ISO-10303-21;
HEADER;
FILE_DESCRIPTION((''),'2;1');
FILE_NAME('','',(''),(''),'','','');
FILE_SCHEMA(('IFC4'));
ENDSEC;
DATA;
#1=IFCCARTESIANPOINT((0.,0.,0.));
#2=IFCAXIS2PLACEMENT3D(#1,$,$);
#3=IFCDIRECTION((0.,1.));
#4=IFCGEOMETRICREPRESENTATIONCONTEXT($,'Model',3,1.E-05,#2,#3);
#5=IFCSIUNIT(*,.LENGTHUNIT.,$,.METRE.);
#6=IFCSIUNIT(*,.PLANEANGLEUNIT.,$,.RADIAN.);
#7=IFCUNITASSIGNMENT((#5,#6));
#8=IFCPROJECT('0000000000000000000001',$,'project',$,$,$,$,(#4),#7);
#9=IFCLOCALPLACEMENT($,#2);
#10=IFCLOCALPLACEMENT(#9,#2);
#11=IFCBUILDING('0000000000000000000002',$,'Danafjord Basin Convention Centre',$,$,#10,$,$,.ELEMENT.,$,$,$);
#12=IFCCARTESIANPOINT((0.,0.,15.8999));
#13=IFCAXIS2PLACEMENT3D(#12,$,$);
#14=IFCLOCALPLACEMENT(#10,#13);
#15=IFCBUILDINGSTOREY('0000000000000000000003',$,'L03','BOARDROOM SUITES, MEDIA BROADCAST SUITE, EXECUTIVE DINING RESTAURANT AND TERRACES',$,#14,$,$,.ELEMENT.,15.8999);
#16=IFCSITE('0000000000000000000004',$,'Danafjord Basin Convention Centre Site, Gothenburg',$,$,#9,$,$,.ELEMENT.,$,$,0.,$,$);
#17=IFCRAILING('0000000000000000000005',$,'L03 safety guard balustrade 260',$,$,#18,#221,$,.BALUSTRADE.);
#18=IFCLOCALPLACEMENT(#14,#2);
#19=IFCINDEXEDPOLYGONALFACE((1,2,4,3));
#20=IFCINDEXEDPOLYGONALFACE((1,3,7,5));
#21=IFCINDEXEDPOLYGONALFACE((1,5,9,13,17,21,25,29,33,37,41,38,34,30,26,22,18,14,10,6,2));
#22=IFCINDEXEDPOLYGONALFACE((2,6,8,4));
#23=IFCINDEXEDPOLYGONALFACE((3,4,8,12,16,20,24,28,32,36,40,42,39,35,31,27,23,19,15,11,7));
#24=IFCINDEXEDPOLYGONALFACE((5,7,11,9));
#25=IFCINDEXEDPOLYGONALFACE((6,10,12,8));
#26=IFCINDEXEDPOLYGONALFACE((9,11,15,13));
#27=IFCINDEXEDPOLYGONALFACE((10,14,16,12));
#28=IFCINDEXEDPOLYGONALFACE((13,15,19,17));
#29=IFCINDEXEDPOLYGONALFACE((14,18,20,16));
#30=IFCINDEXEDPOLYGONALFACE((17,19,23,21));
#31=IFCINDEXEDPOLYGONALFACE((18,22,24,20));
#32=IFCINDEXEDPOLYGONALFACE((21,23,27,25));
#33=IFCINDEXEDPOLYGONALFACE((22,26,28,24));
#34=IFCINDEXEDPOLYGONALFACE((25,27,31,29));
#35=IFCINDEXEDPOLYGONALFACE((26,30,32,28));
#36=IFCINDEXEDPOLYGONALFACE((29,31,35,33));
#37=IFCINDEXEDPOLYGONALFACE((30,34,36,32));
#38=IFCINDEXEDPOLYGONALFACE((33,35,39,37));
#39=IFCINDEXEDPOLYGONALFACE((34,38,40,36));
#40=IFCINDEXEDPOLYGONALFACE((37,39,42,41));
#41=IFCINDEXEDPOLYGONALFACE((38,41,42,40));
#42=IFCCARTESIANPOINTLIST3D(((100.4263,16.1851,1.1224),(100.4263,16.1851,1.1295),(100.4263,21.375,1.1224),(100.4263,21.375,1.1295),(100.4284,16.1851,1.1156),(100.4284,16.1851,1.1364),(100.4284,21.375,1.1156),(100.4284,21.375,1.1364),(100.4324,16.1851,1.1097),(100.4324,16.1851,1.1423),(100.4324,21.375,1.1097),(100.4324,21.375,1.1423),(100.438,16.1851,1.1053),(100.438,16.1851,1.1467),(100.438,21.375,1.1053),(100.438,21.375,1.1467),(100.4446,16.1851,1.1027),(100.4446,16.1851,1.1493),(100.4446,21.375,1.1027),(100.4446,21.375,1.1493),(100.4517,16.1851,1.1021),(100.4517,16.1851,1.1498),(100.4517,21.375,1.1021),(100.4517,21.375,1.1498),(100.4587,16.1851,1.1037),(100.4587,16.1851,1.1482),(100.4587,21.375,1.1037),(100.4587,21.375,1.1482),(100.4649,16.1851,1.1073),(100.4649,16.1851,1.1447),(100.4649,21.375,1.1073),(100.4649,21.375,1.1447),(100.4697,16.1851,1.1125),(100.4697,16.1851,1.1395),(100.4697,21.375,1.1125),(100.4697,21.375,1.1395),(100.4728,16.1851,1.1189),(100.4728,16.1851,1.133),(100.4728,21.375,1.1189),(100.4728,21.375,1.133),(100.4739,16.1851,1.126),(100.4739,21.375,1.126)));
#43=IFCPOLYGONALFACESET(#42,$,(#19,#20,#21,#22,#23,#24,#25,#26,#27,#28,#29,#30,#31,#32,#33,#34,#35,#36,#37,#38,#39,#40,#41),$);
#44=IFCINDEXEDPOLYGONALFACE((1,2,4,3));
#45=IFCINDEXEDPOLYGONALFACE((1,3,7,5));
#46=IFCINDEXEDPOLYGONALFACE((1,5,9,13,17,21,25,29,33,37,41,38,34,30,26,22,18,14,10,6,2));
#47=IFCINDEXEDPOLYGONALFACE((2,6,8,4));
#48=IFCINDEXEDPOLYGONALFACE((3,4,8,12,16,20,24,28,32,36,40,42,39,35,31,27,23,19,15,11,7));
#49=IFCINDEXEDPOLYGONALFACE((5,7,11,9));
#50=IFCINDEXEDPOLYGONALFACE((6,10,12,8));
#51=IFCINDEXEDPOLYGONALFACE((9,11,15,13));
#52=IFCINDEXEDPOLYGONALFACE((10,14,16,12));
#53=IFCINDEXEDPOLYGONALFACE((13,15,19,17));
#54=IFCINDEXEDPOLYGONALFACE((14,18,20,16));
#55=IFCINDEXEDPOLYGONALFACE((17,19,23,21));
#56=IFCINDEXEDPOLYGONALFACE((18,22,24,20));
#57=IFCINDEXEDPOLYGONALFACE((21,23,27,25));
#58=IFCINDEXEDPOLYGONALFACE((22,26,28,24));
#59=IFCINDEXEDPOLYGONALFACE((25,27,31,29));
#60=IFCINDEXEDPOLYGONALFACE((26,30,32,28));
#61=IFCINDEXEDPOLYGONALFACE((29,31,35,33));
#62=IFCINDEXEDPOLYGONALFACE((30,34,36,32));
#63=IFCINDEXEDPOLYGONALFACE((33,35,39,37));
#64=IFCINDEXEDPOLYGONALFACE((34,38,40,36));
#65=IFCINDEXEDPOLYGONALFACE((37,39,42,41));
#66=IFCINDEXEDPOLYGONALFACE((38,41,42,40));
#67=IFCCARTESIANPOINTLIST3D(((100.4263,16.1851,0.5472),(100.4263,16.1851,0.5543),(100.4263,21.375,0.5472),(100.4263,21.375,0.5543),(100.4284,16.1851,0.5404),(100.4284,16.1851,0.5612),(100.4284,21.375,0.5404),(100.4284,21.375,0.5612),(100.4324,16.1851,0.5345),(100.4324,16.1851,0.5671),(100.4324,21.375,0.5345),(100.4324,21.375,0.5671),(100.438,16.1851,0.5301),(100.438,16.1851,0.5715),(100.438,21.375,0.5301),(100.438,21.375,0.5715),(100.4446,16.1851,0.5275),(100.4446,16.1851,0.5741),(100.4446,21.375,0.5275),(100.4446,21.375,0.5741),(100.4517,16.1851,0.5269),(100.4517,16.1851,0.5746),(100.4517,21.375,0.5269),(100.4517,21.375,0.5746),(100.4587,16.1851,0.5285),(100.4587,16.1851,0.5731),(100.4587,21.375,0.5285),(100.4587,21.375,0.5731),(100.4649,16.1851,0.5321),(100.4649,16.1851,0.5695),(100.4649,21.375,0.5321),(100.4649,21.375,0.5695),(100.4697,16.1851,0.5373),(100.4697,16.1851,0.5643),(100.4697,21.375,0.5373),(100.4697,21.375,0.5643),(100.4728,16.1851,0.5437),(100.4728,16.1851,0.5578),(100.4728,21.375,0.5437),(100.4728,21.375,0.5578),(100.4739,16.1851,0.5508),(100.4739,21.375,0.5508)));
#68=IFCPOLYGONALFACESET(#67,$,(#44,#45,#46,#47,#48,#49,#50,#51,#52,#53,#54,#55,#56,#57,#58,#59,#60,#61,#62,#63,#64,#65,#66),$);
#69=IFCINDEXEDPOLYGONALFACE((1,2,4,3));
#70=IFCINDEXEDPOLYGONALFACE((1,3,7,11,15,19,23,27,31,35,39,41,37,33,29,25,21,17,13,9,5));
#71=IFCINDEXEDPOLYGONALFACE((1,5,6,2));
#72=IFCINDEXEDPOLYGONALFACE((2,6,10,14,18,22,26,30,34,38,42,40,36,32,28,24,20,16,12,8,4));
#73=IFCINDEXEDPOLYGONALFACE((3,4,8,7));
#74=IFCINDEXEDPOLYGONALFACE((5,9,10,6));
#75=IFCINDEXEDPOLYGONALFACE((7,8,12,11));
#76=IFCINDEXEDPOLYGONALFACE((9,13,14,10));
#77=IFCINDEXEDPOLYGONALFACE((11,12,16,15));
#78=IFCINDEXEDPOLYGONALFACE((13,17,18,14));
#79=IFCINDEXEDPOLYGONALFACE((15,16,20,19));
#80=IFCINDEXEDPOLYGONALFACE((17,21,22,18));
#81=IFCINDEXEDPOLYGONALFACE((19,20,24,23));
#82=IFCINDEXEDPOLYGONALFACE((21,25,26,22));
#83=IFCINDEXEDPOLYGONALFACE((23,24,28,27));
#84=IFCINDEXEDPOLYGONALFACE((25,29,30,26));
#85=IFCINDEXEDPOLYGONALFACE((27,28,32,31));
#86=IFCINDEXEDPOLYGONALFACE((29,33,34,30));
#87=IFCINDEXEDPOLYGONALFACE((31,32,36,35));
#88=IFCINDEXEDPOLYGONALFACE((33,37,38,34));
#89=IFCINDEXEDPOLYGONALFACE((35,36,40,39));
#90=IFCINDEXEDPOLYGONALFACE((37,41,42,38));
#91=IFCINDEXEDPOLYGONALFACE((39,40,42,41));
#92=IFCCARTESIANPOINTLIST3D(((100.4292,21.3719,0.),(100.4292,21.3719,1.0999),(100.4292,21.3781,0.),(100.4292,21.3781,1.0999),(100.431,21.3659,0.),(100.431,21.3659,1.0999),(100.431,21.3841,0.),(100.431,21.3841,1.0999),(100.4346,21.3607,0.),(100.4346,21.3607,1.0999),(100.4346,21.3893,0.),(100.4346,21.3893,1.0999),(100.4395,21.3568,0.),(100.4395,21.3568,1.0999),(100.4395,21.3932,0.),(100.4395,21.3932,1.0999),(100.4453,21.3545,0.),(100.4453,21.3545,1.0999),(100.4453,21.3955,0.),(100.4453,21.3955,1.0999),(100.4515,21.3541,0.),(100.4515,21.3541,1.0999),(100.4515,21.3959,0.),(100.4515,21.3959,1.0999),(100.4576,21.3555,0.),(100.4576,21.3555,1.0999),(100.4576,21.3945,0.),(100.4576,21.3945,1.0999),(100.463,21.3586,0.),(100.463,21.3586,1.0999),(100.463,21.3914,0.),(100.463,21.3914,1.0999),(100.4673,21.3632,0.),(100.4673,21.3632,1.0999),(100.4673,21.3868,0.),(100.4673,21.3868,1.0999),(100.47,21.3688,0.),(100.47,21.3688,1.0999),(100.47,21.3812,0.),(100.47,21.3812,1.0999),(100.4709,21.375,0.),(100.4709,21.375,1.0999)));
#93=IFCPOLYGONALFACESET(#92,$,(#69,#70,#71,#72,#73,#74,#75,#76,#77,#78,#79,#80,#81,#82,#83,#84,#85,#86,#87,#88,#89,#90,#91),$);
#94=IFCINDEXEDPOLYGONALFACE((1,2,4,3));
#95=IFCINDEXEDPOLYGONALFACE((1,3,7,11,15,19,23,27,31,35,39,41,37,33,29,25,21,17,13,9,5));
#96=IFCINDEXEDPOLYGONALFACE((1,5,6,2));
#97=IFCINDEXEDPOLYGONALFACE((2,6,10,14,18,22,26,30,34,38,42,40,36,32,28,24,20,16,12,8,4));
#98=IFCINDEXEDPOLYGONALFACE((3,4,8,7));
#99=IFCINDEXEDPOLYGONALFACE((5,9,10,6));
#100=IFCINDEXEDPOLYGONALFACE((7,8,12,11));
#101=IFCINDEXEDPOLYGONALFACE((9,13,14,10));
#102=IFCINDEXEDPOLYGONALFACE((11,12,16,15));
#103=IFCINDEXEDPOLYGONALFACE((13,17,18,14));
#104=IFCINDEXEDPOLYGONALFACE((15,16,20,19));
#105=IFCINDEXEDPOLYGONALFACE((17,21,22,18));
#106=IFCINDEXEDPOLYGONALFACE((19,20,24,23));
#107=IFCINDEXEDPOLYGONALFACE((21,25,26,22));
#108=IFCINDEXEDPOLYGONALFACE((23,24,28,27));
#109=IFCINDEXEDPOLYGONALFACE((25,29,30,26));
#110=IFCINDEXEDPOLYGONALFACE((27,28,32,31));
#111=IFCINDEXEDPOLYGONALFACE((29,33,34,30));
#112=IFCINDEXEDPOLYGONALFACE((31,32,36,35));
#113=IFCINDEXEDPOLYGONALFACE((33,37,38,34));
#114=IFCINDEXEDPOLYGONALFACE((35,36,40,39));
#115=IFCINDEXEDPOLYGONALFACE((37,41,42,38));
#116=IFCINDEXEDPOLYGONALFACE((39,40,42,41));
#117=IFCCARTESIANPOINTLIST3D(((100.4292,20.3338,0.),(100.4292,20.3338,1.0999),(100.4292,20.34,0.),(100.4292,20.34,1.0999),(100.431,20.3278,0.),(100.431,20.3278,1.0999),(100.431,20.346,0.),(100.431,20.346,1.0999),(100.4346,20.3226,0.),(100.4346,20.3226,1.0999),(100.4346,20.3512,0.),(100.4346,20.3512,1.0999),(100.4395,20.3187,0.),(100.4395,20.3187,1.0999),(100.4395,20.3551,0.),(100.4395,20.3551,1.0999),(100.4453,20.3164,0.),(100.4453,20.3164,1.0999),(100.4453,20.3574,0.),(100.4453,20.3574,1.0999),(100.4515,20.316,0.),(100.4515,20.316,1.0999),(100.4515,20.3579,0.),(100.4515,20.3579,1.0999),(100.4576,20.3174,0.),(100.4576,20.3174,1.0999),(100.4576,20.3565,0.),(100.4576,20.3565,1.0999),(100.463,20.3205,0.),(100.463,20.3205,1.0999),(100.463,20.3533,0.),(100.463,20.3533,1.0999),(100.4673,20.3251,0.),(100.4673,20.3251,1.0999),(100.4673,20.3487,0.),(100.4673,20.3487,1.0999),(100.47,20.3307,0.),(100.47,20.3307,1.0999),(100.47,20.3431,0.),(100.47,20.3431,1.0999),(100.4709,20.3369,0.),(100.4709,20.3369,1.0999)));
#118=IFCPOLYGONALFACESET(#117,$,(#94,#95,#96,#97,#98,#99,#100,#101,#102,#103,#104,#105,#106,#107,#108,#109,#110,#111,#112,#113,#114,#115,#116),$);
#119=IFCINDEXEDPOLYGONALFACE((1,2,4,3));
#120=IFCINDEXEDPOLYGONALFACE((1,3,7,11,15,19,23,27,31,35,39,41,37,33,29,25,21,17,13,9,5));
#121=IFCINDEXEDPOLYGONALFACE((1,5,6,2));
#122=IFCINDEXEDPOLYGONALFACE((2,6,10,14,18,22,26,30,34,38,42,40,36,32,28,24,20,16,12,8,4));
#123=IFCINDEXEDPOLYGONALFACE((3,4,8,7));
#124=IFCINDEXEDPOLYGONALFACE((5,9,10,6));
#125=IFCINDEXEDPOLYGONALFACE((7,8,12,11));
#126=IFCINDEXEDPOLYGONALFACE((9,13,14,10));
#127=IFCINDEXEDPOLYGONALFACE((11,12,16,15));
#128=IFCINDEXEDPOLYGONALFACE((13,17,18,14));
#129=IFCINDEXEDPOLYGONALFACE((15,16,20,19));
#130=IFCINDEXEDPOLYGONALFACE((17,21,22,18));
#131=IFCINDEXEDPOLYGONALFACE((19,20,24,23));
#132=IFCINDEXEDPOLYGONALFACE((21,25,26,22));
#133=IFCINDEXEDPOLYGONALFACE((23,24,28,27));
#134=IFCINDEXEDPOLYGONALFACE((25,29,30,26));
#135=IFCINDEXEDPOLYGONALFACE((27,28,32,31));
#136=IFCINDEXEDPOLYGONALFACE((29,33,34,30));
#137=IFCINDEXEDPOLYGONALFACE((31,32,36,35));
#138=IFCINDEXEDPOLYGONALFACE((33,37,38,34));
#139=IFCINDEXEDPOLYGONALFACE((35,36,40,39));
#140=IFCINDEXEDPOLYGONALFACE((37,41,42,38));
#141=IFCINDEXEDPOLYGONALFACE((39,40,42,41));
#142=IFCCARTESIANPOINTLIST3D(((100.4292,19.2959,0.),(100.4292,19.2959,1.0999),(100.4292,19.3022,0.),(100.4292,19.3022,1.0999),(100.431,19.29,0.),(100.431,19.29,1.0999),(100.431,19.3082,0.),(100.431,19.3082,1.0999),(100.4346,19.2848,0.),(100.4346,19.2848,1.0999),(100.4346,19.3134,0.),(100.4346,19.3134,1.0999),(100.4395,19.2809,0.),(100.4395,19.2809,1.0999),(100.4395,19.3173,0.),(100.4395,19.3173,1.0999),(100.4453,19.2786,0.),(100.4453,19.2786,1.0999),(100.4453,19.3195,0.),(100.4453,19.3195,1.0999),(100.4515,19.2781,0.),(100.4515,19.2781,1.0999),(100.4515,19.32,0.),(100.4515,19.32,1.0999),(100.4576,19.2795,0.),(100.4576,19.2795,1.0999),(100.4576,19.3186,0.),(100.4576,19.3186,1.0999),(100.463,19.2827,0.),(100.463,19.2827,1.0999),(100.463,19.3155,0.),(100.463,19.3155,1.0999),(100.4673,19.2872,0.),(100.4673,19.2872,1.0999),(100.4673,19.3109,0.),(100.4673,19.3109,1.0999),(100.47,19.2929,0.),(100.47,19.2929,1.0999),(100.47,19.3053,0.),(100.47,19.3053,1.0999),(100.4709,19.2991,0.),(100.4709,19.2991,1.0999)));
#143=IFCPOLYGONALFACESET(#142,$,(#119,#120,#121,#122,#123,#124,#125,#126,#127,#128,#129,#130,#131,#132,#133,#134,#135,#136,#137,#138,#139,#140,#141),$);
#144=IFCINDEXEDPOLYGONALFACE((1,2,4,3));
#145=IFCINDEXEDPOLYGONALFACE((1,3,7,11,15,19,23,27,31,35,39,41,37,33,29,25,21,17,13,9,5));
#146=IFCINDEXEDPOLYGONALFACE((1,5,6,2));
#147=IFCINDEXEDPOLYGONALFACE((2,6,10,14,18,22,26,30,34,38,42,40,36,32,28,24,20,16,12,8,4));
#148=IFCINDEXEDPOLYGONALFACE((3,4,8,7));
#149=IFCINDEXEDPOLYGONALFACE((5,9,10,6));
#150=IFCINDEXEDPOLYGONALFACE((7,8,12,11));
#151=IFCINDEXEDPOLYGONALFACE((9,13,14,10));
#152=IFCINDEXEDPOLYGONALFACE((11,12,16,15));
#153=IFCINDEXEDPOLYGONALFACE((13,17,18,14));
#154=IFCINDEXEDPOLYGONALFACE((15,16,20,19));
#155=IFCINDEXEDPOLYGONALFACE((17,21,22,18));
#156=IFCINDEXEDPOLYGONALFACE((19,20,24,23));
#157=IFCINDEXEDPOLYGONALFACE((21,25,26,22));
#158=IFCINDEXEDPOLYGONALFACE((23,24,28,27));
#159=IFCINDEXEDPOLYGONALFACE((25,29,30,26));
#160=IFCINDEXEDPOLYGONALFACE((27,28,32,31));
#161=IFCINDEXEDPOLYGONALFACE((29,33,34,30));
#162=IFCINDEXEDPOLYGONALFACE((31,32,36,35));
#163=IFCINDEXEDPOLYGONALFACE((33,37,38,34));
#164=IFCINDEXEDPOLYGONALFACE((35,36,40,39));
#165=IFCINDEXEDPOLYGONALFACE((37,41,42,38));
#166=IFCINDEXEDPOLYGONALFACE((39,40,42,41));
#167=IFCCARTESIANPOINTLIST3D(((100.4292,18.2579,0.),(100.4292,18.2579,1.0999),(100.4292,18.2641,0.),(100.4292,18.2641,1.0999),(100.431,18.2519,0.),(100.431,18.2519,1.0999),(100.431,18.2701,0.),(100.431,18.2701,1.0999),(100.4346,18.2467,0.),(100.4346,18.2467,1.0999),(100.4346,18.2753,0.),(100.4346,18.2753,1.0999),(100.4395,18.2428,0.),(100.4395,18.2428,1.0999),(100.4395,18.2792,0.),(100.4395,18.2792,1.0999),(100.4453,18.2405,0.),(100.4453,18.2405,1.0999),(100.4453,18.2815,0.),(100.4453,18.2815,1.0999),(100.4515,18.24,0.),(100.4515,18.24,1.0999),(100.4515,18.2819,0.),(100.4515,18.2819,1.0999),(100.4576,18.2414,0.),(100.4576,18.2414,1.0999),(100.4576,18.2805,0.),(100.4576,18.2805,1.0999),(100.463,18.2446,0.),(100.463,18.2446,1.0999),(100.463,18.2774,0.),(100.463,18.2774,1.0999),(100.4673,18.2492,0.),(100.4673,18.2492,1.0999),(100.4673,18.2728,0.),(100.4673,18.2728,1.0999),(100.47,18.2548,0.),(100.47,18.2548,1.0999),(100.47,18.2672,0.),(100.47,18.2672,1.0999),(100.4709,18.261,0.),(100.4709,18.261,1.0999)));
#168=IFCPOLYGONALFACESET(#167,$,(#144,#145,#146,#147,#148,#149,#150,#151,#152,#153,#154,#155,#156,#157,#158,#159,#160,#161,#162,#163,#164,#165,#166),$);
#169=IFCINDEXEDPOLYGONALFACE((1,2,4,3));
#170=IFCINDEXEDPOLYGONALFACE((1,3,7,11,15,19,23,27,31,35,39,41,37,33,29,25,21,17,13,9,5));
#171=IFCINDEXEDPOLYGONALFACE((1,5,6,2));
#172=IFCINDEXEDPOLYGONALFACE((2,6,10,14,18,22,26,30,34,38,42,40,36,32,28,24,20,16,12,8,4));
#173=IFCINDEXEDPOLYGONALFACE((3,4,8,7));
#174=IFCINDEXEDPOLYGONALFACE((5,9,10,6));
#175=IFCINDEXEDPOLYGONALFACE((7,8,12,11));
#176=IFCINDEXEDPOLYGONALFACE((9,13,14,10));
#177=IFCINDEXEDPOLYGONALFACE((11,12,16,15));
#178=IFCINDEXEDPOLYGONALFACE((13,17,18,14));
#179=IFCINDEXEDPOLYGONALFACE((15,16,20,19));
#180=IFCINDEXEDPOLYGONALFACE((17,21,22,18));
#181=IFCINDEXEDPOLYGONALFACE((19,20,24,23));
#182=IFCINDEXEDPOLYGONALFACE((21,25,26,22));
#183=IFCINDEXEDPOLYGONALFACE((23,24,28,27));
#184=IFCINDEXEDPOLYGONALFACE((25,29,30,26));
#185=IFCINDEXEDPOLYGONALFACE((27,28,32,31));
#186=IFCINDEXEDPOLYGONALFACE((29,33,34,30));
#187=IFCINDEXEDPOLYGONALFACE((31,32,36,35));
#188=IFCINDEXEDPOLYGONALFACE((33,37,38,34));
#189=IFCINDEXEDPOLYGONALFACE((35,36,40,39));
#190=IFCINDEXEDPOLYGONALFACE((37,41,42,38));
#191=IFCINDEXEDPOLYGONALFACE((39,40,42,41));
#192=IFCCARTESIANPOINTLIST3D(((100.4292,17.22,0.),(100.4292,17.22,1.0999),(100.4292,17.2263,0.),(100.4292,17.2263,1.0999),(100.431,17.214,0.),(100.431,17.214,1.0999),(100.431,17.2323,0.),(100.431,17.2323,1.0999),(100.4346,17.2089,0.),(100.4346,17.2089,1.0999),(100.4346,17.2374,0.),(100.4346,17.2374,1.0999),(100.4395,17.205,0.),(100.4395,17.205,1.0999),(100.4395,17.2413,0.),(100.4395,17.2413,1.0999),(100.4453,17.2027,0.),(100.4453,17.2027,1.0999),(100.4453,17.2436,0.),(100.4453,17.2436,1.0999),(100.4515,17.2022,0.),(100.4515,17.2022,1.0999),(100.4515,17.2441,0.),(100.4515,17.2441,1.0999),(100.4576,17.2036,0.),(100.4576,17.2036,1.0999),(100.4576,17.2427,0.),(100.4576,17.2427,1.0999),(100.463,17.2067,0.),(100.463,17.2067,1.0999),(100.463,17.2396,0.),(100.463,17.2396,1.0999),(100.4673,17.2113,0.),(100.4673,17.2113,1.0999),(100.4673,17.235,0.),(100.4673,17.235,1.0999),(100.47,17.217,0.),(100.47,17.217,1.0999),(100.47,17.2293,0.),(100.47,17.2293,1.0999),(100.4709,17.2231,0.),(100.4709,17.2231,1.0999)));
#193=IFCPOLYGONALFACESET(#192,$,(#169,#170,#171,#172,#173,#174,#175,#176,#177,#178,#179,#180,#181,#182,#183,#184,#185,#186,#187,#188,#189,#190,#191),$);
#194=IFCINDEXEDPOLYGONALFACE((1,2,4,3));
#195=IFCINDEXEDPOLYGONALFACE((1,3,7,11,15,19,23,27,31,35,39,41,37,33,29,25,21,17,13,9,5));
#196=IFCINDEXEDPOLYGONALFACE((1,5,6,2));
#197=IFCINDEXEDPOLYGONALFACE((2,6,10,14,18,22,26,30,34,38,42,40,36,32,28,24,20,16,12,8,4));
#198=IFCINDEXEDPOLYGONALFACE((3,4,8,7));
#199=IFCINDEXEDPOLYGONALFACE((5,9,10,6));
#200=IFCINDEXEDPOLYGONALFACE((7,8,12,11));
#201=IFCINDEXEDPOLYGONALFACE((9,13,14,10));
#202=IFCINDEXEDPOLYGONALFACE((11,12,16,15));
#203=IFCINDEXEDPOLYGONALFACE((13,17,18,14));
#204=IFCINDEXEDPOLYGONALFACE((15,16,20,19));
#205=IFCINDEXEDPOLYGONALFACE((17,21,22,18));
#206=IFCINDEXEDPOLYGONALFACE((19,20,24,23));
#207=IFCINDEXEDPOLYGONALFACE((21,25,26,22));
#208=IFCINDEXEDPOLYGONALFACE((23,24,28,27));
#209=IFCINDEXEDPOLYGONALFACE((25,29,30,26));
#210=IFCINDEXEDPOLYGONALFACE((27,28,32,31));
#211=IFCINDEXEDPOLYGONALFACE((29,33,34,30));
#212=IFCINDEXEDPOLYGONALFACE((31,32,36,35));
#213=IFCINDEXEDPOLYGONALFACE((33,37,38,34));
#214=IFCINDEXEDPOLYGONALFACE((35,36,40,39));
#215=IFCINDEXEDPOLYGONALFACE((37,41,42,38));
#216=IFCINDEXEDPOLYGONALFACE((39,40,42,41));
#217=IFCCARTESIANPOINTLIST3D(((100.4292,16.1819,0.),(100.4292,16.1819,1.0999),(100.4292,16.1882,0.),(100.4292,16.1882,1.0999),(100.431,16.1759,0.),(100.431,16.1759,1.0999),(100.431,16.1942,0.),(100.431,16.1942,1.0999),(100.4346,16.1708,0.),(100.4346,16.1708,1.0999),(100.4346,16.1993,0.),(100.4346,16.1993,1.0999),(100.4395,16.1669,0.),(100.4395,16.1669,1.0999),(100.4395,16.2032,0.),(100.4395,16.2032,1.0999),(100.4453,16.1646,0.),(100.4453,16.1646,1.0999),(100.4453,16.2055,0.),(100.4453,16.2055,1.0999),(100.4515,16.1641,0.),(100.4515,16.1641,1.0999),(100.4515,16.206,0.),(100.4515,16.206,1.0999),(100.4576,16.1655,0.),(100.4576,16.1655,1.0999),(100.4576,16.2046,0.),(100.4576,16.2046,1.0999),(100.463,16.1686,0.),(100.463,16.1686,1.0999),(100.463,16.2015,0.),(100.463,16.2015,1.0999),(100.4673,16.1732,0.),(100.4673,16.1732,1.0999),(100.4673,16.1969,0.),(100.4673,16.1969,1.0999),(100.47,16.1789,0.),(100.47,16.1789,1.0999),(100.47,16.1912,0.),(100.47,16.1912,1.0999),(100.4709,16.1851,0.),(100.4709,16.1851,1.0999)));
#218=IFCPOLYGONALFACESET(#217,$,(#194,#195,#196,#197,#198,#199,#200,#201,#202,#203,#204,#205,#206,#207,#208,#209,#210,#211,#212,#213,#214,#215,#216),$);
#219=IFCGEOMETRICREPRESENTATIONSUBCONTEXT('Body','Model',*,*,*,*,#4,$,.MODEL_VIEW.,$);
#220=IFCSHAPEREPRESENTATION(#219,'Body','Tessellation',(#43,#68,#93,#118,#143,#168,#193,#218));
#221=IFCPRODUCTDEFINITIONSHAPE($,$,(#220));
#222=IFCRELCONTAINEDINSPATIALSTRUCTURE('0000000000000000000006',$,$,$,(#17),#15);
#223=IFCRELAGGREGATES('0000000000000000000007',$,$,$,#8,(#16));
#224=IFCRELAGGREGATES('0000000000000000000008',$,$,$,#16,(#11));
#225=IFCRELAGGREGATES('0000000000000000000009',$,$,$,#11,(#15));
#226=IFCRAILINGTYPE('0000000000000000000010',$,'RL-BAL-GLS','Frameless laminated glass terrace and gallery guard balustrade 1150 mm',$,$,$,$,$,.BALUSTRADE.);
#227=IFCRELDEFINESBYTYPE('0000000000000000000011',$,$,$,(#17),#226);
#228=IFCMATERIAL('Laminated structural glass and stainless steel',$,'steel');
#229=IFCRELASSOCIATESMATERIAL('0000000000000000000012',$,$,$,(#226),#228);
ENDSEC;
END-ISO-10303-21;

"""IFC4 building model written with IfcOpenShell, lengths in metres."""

from ifc_helpers import new_model, si_unit, direction, frame, origin, origin_2d, place, context, subcontext, project, spatial, circle, extrude, material, type_object, element, save


model = new_model("IFC4")

# Units and contexts
model_context = context("Model", 3, precision=1e-05, world=origin(), true_north=direction((0.0, 1.0)))
body_context = subcontext(model_context, "Body", "Model", "MODEL_VIEW")
ifc_project = project(units=[si_unit("LENGTHUNIT", "METRE"), si_unit("PLANEANGLEUNIT", "RADIAN")], contexts=[model_context])

# Site, building, storey
site_placement = place(None, origin())
site = spatial("IfcSite", under=ifc_project, at=site_placement, Name="Danafjord Basin Convention Centre Site, Gothenburg", CompositionType="ELEMENT", RefElevation=0.0)
building_placement = place(site_placement, origin())
building = spatial("IfcBuilding", under=site, at=building_placement, Name="Danafjord Basin Convention Centre", CompositionType="ELEMENT")
storey_placement = place(building_placement, frame((0.0, 0.0, 15.8999)))
storey = spatial("IfcBuildingStorey", under=building, at=storey_placement, Name="L03", Description="BOARDROOM SUITES, MEDIA BROADCAST SUITE, EXECUTIVE DINING RESTAURANT AND TERRACES", CompositionType="ELEMENT", Elevation=15.8999)

# Railing
ifc_material_1 = material(Name="Laminated structural glass and stainless steel", Category="steel")
railing_type_1 = type_object("IfcRailingType", Name="RL-BAL-GLS", Description="Frameless laminated glass terrace and gallery guard balustrade 1150 mm", PredefinedType="BALUSTRADE", material=ifc_material_1)
railing_1_placement = place(storey_placement, frame((100.45, 21.375, 0.0)))
element("IfcRailing", 1, at=railing_1_placement, inside=storey, type_object=railing_type_1, Name="L03 safety guard balustrade 260", PredefinedType="BALUSTRADE", context=body_context, shape_type="SweptSolid", body=[
    extrude(circle(Radius=0.0239, at=origin_2d()), frame((0.0, 0.0, 1.126), z_axis=(0.0, -1.0, 0.0), x_axis=(1.0, 0.0, 0.0)), (0.0, 0.0, 1.0), 5.1899),
    extrude(circle(Radius=0.0239, at=origin_2d()), frame((0.0, 0.0, 0.5508), z_axis=(0.0, -1.0, 0.0), x_axis=(1.0, 0.0, 0.0)), (0.0, 0.0, 1.0), 5.1899),
    extrude(circle(Radius=0.021, at=origin_2d()), origin(), (0.0, 0.0, 1.0), 1.0999),
    extrude(circle(Radius=0.021, at=origin_2d()), frame((0.0, -1.0381, 0.0)), (0.0, 0.0, 1.0), 1.0999),
    extrude(circle(Radius=0.021, at=origin_2d()), frame((0.0, -2.0759, 0.0)), (0.0, 0.0, 1.0), 1.0999),
    extrude(circle(Radius=0.021, at=origin_2d()), frame((0.0, -3.114, 0.0)), (0.0, 0.0, 1.0), 1.0999),
    extrude(circle(Radius=0.021, at=origin_2d()), frame((0.0, -4.1519, 0.0)), (0.0, 0.0, 1.0), 1.0999),
    extrude(circle(Radius=0.021, at=origin_2d()), frame((0.0, -5.1899, 0.0)), (0.0, 0.0, 1.0), 1.0999),
])

save(model, "model.ifc")
